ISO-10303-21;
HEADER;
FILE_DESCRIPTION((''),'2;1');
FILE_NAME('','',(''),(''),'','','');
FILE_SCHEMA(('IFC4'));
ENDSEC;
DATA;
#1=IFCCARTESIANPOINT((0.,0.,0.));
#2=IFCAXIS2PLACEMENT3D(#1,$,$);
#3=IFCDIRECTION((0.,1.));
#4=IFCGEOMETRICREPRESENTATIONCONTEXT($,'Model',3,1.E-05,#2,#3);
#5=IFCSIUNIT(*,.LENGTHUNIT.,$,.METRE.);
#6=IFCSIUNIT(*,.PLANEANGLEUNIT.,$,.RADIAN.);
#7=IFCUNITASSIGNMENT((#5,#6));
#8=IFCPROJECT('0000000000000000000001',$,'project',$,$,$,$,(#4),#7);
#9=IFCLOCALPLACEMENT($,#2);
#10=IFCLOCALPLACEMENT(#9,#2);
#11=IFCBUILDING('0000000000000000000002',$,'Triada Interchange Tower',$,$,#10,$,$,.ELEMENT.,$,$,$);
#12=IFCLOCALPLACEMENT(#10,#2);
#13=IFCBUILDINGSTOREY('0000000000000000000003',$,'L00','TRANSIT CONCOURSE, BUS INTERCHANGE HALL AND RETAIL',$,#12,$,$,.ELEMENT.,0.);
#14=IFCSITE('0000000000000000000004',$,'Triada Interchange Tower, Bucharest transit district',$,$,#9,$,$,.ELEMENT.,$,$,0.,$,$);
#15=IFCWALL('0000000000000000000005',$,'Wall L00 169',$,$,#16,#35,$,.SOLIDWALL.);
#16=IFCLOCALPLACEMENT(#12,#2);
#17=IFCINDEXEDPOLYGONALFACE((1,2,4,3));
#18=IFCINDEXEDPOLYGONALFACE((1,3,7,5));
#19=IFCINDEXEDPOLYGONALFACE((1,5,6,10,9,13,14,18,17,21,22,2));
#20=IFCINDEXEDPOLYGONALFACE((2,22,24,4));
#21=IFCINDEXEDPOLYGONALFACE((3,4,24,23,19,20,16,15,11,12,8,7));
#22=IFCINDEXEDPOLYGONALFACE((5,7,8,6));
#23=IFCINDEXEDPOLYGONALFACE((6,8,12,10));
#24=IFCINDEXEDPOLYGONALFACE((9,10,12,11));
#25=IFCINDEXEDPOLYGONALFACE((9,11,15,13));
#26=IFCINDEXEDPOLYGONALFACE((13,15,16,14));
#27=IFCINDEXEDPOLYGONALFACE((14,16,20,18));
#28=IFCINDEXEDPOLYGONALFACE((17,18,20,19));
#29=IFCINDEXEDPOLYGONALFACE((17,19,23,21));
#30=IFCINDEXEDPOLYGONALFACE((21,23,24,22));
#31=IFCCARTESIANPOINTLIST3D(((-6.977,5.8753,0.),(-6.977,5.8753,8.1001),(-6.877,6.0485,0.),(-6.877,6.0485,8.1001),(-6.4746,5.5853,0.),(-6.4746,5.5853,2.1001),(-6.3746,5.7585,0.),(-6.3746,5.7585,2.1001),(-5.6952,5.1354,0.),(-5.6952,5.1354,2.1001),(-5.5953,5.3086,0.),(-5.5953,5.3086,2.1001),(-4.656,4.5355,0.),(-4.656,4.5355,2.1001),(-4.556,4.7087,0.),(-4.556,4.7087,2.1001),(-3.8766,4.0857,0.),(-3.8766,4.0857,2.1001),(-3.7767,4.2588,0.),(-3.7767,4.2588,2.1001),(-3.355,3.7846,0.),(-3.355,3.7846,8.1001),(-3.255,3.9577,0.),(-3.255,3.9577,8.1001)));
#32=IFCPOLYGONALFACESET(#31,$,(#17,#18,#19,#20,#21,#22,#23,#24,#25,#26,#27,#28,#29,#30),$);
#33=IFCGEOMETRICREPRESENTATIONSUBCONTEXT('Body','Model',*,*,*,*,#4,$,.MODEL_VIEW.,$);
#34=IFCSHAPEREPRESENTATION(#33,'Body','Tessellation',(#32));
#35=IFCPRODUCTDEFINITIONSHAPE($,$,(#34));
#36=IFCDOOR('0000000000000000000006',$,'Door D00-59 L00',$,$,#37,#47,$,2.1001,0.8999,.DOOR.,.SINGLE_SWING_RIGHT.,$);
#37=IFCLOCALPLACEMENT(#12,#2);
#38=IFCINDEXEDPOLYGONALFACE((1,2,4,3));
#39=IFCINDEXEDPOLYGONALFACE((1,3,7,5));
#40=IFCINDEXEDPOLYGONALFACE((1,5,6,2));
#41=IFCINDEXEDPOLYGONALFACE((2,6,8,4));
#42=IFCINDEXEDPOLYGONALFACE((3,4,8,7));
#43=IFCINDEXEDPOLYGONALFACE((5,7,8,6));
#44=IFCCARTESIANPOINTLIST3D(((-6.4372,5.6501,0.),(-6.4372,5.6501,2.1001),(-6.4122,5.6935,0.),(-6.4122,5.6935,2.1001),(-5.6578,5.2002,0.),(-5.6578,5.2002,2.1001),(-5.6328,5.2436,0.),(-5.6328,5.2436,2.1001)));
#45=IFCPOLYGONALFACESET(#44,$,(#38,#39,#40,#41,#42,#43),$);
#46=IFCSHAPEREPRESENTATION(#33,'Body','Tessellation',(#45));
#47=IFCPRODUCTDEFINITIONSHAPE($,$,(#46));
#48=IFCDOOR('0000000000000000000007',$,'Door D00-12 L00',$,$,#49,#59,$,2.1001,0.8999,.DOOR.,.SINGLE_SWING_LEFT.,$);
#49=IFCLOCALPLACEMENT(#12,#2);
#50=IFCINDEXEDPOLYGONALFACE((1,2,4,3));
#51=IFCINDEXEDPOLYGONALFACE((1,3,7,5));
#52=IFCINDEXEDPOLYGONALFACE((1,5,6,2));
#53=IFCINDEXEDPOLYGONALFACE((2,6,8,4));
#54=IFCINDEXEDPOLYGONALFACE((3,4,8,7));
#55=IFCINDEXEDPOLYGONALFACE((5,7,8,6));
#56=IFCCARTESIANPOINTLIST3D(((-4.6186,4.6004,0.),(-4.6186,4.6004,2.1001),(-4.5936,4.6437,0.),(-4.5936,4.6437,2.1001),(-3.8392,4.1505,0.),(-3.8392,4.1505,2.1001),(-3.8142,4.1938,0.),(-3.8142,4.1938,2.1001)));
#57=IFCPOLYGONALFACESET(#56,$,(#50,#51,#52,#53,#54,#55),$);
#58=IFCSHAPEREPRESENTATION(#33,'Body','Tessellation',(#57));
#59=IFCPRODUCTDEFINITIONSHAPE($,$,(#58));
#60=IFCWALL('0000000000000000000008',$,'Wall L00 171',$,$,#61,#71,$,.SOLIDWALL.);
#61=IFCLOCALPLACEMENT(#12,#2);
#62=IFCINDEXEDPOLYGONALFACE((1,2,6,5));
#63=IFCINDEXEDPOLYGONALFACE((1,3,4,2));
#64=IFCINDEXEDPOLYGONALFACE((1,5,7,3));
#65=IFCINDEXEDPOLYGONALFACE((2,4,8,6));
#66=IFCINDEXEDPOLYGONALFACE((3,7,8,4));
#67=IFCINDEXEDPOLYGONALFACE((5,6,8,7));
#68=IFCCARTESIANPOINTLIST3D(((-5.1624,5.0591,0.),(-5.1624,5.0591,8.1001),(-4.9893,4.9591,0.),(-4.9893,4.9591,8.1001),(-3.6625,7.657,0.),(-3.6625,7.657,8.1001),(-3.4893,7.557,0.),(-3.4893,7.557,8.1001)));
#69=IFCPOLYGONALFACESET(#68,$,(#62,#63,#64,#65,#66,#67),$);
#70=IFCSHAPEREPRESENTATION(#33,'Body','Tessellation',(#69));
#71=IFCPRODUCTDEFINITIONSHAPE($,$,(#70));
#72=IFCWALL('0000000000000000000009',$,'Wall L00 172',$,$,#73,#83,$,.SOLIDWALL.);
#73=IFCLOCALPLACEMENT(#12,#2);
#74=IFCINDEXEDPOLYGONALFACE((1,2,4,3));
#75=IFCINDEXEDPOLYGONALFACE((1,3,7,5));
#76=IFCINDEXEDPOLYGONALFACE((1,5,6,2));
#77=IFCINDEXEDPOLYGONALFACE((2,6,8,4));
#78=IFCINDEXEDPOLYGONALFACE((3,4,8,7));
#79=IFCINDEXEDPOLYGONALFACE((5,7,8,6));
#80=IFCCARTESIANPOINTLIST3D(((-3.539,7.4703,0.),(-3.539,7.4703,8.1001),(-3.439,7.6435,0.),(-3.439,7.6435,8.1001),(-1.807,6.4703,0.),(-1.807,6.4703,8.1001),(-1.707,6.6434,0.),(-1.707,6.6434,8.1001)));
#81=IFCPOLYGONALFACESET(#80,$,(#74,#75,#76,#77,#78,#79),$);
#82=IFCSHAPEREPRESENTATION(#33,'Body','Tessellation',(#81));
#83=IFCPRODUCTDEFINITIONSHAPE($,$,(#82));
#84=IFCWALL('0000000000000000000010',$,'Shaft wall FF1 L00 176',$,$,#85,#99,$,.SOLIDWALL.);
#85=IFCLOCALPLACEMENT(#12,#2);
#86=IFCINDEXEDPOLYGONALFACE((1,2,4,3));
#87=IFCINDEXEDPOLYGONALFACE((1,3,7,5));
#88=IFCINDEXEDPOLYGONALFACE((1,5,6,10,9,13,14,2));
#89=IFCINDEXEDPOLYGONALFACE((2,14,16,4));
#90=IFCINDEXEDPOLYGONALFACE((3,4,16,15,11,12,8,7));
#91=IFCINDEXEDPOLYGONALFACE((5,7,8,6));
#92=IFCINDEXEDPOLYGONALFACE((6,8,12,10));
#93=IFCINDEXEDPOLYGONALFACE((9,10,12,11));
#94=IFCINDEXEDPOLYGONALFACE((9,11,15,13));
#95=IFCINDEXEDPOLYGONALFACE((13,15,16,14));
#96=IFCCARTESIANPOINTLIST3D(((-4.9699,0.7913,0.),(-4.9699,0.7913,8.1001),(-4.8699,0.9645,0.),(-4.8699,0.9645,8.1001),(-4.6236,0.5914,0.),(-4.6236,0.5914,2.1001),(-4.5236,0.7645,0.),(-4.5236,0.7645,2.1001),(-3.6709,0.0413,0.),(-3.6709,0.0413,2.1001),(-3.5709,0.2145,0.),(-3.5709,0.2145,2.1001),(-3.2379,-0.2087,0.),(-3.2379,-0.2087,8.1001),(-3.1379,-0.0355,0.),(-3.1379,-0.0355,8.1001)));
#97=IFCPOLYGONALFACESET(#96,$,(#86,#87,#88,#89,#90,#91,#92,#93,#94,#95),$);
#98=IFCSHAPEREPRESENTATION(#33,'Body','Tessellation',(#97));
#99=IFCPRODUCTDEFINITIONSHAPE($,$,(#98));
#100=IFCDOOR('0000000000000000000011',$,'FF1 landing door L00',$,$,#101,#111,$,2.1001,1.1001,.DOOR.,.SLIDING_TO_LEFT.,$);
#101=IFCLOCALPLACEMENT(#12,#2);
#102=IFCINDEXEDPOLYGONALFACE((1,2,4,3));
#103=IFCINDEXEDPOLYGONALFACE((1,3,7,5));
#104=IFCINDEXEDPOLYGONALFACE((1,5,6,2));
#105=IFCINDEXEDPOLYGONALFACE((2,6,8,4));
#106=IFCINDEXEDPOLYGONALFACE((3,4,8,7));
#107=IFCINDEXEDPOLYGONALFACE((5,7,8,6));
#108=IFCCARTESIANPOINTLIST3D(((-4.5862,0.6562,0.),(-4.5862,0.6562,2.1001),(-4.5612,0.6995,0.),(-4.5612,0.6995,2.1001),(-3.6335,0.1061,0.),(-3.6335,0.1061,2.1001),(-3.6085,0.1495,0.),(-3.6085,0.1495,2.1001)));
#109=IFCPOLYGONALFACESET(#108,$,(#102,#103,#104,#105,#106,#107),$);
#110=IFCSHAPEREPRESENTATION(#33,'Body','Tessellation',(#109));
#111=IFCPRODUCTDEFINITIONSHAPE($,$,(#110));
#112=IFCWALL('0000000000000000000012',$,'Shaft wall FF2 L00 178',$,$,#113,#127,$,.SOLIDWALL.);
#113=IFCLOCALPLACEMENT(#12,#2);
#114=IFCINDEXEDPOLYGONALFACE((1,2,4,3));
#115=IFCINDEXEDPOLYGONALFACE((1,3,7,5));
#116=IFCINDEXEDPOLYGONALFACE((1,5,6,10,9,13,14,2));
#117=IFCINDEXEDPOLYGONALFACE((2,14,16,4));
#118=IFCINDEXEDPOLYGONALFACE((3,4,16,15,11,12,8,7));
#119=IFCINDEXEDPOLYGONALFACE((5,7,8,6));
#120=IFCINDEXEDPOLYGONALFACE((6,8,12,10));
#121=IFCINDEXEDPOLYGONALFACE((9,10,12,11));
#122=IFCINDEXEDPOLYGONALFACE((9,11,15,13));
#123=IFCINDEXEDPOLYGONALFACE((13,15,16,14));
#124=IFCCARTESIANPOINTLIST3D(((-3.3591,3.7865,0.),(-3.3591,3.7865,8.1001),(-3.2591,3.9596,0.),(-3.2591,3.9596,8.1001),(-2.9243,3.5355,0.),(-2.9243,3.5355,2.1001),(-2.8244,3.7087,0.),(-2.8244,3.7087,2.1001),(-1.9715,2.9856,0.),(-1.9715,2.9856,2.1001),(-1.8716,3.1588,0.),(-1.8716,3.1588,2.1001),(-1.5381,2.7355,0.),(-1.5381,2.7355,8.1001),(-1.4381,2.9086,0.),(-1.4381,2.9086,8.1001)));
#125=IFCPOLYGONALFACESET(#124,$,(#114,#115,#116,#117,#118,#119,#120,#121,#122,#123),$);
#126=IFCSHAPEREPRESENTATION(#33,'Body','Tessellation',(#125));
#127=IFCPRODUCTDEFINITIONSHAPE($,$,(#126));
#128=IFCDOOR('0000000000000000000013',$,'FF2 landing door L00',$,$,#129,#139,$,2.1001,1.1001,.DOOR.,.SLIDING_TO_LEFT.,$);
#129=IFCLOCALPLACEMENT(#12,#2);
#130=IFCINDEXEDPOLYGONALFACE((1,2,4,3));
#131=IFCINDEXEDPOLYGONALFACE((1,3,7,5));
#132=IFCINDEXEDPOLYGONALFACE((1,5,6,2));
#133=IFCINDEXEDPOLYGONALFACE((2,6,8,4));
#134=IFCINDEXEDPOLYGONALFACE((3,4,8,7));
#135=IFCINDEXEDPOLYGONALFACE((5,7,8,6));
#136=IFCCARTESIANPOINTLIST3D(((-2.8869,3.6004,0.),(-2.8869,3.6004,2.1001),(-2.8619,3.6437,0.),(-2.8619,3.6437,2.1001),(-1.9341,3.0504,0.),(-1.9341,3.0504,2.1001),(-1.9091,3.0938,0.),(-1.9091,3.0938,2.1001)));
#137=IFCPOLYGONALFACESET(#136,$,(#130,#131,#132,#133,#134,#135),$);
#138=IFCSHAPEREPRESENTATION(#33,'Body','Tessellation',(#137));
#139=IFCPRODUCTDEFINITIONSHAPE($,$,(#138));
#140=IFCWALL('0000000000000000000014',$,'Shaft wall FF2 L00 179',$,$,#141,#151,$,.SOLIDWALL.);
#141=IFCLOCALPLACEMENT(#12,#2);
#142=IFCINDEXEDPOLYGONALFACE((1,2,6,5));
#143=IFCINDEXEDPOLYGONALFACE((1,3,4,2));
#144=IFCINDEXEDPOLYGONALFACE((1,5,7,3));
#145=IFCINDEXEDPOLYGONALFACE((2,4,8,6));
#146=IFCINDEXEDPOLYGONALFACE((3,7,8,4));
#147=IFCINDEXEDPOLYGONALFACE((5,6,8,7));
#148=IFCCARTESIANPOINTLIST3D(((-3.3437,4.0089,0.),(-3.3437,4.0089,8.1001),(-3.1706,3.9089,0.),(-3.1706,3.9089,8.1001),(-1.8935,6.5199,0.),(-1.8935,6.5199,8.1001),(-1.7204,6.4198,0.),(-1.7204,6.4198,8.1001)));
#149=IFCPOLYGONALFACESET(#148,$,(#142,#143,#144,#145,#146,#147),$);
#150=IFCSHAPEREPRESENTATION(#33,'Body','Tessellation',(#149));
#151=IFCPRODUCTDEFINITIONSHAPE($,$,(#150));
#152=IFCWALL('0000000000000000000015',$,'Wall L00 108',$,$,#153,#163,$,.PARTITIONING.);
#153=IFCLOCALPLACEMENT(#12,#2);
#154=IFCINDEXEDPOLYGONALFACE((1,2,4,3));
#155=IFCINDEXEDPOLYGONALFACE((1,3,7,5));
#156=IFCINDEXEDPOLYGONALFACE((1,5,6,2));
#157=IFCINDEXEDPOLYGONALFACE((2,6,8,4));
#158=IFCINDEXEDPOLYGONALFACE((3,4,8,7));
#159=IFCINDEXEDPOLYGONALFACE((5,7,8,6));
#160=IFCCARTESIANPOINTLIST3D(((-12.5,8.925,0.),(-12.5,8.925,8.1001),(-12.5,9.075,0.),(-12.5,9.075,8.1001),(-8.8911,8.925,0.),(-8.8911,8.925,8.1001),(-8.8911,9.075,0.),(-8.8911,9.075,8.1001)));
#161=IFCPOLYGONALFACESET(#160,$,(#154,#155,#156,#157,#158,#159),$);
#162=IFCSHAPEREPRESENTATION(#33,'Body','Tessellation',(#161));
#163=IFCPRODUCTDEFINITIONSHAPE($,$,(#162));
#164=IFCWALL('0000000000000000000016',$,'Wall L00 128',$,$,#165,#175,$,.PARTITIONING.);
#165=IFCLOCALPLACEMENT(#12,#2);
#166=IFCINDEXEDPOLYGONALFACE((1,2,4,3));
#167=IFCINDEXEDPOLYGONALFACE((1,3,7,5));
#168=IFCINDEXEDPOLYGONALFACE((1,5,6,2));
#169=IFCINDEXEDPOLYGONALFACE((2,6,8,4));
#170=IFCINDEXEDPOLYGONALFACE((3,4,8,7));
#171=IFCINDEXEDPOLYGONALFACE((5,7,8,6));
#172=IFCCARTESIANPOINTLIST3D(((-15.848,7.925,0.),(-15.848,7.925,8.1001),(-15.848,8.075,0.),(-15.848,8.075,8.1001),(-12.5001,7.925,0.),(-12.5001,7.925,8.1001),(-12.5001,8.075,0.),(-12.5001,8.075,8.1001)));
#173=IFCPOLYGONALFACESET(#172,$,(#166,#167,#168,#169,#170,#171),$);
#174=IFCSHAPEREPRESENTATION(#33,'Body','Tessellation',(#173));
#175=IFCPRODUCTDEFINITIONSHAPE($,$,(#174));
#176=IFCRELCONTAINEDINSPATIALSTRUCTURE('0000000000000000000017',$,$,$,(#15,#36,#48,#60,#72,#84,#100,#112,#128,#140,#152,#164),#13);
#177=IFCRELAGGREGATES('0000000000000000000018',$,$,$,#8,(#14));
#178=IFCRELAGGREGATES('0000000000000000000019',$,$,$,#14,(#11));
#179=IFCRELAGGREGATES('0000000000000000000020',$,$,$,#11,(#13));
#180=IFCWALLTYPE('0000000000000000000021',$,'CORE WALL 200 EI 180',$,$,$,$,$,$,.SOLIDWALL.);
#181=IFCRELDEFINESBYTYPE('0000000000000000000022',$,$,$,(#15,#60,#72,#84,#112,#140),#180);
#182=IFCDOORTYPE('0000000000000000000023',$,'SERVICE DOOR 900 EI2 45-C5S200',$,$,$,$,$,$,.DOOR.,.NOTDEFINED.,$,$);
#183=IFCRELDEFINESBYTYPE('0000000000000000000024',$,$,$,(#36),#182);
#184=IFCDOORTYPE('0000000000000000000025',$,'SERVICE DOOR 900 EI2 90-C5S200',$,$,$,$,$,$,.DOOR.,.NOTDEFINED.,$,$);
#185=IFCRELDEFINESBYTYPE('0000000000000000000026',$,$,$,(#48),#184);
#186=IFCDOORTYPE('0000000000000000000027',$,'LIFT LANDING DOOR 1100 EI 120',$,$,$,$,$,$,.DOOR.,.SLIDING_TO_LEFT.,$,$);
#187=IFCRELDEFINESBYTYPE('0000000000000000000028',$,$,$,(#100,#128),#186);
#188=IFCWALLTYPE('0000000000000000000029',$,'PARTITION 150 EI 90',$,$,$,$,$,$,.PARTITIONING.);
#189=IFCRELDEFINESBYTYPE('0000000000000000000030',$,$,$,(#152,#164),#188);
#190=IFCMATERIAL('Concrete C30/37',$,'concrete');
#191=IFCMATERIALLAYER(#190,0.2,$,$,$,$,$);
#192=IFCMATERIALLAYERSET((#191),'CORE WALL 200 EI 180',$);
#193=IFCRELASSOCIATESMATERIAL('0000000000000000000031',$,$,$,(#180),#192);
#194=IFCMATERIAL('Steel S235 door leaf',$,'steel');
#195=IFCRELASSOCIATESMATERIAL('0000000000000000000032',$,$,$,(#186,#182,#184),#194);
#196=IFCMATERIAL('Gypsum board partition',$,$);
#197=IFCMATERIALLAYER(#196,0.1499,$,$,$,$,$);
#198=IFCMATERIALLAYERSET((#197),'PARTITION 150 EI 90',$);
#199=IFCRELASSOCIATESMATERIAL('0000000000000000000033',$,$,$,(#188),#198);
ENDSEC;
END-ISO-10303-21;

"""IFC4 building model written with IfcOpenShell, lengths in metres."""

from ifc_helpers import new_model, si_unit, direction, frame, frame_2d, origin, place, context, subcontext, project, spatial, rectangle, extrude, material, layer, layer_set, type_object, element, fill, save


model = new_model("IFC4")

# Units and contexts
model_context = context("Model", 3, precision=1e-05, world=origin(), true_north=direction((0.0, 1.0)))
body_context = subcontext(model_context, "Body", "Model", "MODEL_VIEW")
ifc_project = project(units=[si_unit("LENGTHUNIT", "METRE"), si_unit("PLANEANGLEUNIT", "RADIAN")], contexts=[model_context])

# Site, building, storey
site_placement = place(None, origin())
site = spatial("IfcSite", under=ifc_project, at=site_placement, Name="Triada Interchange Tower, Bucharest transit district", CompositionType="ELEMENT", RefElevation=0.0)
building_placement = place(site_placement, origin())
building = spatial("IfcBuilding", under=site, at=building_placement, Name="Triada Interchange Tower", CompositionType="ELEMENT")
storey_placement = place(building_placement, origin())
storey = spatial("IfcBuildingStorey", under=building, at=storey_placement, Name="L00", Description="TRANSIT CONCOURSE, BUS INTERCHANGE HALL AND RETAIL", CompositionType="ELEMENT", Elevation=0.0)

# Wall, openings, doors
ifc_material_1 = material(Name="Concrete C30/37", Category="concrete")
ifc_layer_1 = layer(ifc_material_1, 0.2)
ifc_layer_set_1 = layer_set([ifc_layer_1], Name="CORE WALL 200 EI 180")
wall_type_1 = type_object("IfcWallType", Name="CORE WALL 200 EI 180", PredefinedType="SOLIDWALL", material=ifc_layer_set_1)
ifc_material_2 = material(Name="Steel S235 door leaf", Category="steel")
door_type_1 = type_object("IfcDoorType", Name="LIFT LANDING DOOR 1100 EI 120", OperationType="SLIDING_TO_LEFT", PredefinedType="DOOR", material=ifc_material_2)
door_type_2 = type_object("IfcDoorType", Name="SERVICE DOOR 900 EI2 45-C5S200", OperationType="NOTDEFINED", PredefinedType="DOOR", material=ifc_material_2)
wall_1_placement = place(storey_placement, frame((-6.927, 5.9619, 0.0), z_axis=(0.0, 0.0, 1.0), x_axis=(0.866065, -0.499931, 0.0)))
wall_1 = element("IfcWall", 1, at=wall_1_placement, inside=storey, type_object=wall_type_1, Name="Wall L00 169", PredefinedType="SOLIDWALL", context=body_context, shape_type="SweptSolid", body=[
    extrude(rectangle(XDim=4.1821, YDim=0.2, at=frame_2d((2.0911, 0.0))), origin(), (0.0, 0.0, 1.0), 8.1001),
])
opening_1_placement = place(wall_1_placement, frame((2.6799, 0.0, 0.0)))
opening_1 = element("IfcOpeningElement", 2, at=opening_1_placement, cuts=wall_1, PredefinedType="OPENING", context=body_context, shape_type="SweptSolid", body=[
    extrude(rectangle(XDim=0.8999, YDim=2.1001, at=frame_2d((0.45, 1.05))), frame((0.0, 0.1099, 0.0), z_axis=(0.0, -1.0, 0.0), x_axis=(1.0, 0.0, 0.0)), (0.0, 0.0, 1.0), 0.22),
])
opening_2_placement = place(wall_1_placement, frame((0.5801, 0.0, 0.0)))
opening_2 = element("IfcOpeningElement", 3, at=opening_2_placement, cuts=wall_1, PredefinedType="OPENING", context=body_context, shape_type="SweptSolid", body=[
    extrude(rectangle(XDim=0.8999, YDim=2.1001, at=frame_2d((0.45, 1.05))), frame((0.0, 0.1099, 0.0), z_axis=(0.0, -1.0, 0.0), x_axis=(1.0, 0.0, 0.0)), (0.0, 0.0, 1.0), 0.22),
])
door_1_placement = place(opening_2_placement, origin())
door_1 = element("IfcDoor", 4, at=door_1_placement, inside=storey, type_object=door_type_2, Name="Door D00-59 L00", OperationType="SINGLE_SWING_RIGHT", OverallHeight=2.1001, OverallWidth=0.8999, PredefinedType="DOOR", context=body_context, shape_type="SweptSolid", body=[
    extrude(rectangle(XDim=0.8999, YDim=2.1001, at=frame_2d((0.45, 1.05))), frame((0.0, 0.0249, 0.0), z_axis=(0.0, -1.0, 0.0), x_axis=(1.0, 0.0, 0.0)), (0.0, 0.0, 1.0), 0.05),
])
fill(opening_2, door_1)
door_type_3 = type_object("IfcDoorType", Name="SERVICE DOOR 900 EI2 90-C5S200", OperationType="NOTDEFINED", PredefinedType="DOOR", material=ifc_material_2)
door_2_placement = place(opening_1_placement, origin())
door_2 = element("IfcDoor", 5, at=door_2_placement, inside=storey, type_object=door_type_3, Name="Door D00-12 L00", OperationType="SINGLE_SWING_LEFT", OverallHeight=2.1001, OverallWidth=0.8999, PredefinedType="DOOR", context=body_context, shape_type="SweptSolid", body=[
    extrude(rectangle(XDim=0.8999, YDim=2.1001, at=frame_2d((0.45, 1.05))), frame((0.0, 0.0249, 0.0), z_axis=(0.0, -1.0, 0.0), x_axis=(1.0, 0.0, 0.0)), (0.0, 0.0, 1.0), 0.05),
])
fill(opening_1, door_2)

# Walls
wall_2_placement = place(storey_placement, frame((-5.0759, 5.009, 0.0), z_axis=(0.0, 0.0, 1.0), x_axis=(0.500025, 0.866011, 0.0)))
element("IfcWall", 6, at=wall_2_placement, inside=storey, type_object=wall_type_1, Name="Wall L00 171", PredefinedType="SOLIDWALL", context=body_context, shape_type="SweptSolid", body=[
    extrude(rectangle(XDim=2.9998, YDim=0.2, at=frame_2d((1.5, 0.0))), origin(), (0.0, 0.0, 1.0), 8.1001),
])
wall_3_placement = place(storey_placement, frame((-3.489, 7.5569, 0.0), z_axis=(0.0, 0.0, 1.0), x_axis=(0.866011, -0.500025, 0.0)))
element("IfcWall", 7, at=wall_3_placement, inside=storey, type_object=wall_type_1, Name="Wall L00 172", PredefinedType="SOLIDWALL", context=body_context, shape_type="SweptSolid", body=[
    extrude(rectangle(XDim=2.0, YDim=0.2, at=frame_2d((1.0, 0.0))), origin(), (0.0, 0.0, 1.0), 8.1001),
])

# Walls, openings, doors
wall_4_placement = place(storey_placement, frame((-4.9199, 0.8779, 0.0), z_axis=(0.0, 0.0, 1.0), x_axis=(0.866011, -0.500025, 0.0)))
wall_4 = element("IfcWall", 8, at=wall_4_placement, inside=storey, type_object=wall_type_1, Name="Shaft wall FF1 L00 176", PredefinedType="SOLIDWALL", context=body_context, shape_type="SweptSolid", body=[
    extrude(rectangle(XDim=2.0, YDim=0.2, at=frame_2d((1.0, 0.0))), origin(), (0.0, 0.0, 1.0), 8.1001),
])
opening_3_placement = place(wall_4_placement, frame((0.3999, 0.0, 0.0)))
opening_3 = element("IfcOpeningElement", 9, at=opening_3_placement, cuts=wall_4, PredefinedType="OPENING", context=body_context, shape_type="SweptSolid", body=[
    extrude(rectangle(XDim=1.1001, YDim=2.1001, at=frame_2d((0.55, 1.05))), frame((0.0, 0.1099, 0.0), z_axis=(0.0, -1.0, 0.0), x_axis=(1.0, 0.0, 0.0)), (0.0, 0.0, 1.0), 0.22),
])
door_3_placement = place(opening_3_placement, origin())
door_3 = element("IfcDoor", 10, at=door_3_placement, inside=storey, type_object=door_type_1, Name="FF1 landing door L00", OperationType="SLIDING_TO_LEFT", OverallHeight=2.1001, OverallWidth=1.1001, PredefinedType="DOOR", context=body_context, shape_type="SweptSolid", body=[
    extrude(rectangle(XDim=1.1001, YDim=2.1001, at=frame_2d((0.55, 1.05))), frame((0.0, 0.0249, 0.0), z_axis=(0.0, -1.0, 0.0), x_axis=(1.0, 0.0, 0.0)), (0.0, 0.0, 1.0), 0.05),
])
fill(opening_3, door_3)
wall_5_placement = place(storey_placement, frame((-3.3091, 3.873, 0.0), z_axis=(0.0, 0.0, 1.0), x_axis=(0.866099, -0.499873, 0.0)))
wall_5 = element("IfcWall", 11, at=wall_5_placement, inside=storey, type_object=wall_type_1, Name="Shaft wall FF2 L00 178", PredefinedType="SOLIDWALL", context=body_context, shape_type="SweptSolid", body=[
    extrude(rectangle(XDim=2.1025, YDim=0.2, at=frame_2d((1.0513, 0.0))), origin(), (0.0, 0.0, 1.0), 8.1001),
])
opening_4_placement = place(wall_5_placement, frame((0.502, 0.0, 0.0)))
opening_4 = element("IfcOpeningElement", 12, at=opening_4_placement, cuts=wall_5, PredefinedType="OPENING", context=body_context, shape_type="SweptSolid", body=[
    extrude(rectangle(XDim=1.1001, YDim=2.1001, at=frame_2d((0.55, 1.05))), frame((0.0, 0.1099, 0.0), z_axis=(0.0, -1.0, 0.0), x_axis=(1.0, 0.0, 0.0)), (0.0, 0.0, 1.0), 0.22),
])
door_4_placement = place(opening_4_placement, origin())
door_4 = element("IfcDoor", 13, at=door_4_placement, inside=storey, type_object=door_type_1, Name="FF2 landing door L00", OperationType="SLIDING_TO_LEFT", OverallHeight=2.1001, OverallWidth=1.1001, PredefinedType="DOOR", context=body_context, shape_type="SweptSolid", body=[
    extrude(rectangle(XDim=1.1001, YDim=2.1001, at=frame_2d((0.55, 1.05))), frame((0.0, 0.0249, 0.0), z_axis=(0.0, -1.0, 0.0), x_axis=(1.0, 0.0, 0.0)), (0.0, 0.0, 1.0), 0.05),
])
fill(opening_4, door_4)

# Walls
wall_6_placement = place(storey_placement, frame((-3.2571, 3.959, 0.0), z_axis=(0.0, 0.0, 1.0), x_axis=(0.500123, 0.865954, 0.0)))
element("IfcWall", 14, at=wall_6_placement, inside=storey, type_object=wall_type_1, Name="Shaft wall FF2 L00 179", PredefinedType="SOLIDWALL", context=body_context, shape_type="SweptSolid", body=[
    extrude(rectangle(XDim=2.8997, YDim=0.2, at=frame_2d((1.4497, 0.0))), origin(), (0.0, 0.0, 1.0), 8.1001),
])
ifc_material_3 = material(Name="Gypsum board partition")
ifc_layer_2 = layer(ifc_material_3, 0.1499)
ifc_layer_set_2 = layer_set([ifc_layer_2], Name="PARTITION 150 EI 90")
wall_type_2 = type_object("IfcWallType", Name="PARTITION 150 EI 90", PredefinedType="PARTITIONING", material=ifc_layer_set_2)
wall_7_placement = place(storey_placement, frame((-12.5, 9.0, 0.0), z_axis=(0.0, 0.0, 1.0), x_axis=(1.0, 0.0, 0.0)))
element("IfcWall", 15, at=wall_7_placement, inside=storey, type_object=wall_type_2, Name="Wall L00 108", PredefinedType="PARTITIONING", context=body_context, shape_type="SweptSolid", body=[
    extrude(rectangle(XDim=3.6089, YDim=0.1499, at=frame_2d((1.8044, 0.0))), origin(), (0.0, 0.0, 1.0), 8.1001),
])
wall_8_placement = place(storey_placement, frame((-15.8479, 8.0, 0.0), z_axis=(0.0, 0.0, 1.0), x_axis=(1.0, 0.0, 0.0)))
element("IfcWall", 16, at=wall_8_placement, inside=storey, type_object=wall_type_2, Name="Wall L00 128", PredefinedType="PARTITIONING", context=body_context, shape_type="SweptSolid", body=[
    extrude(rectangle(XDim=3.3479, YDim=0.1499, at=frame_2d((1.6738, 0.0))), origin(), (0.0, 0.0, 1.0), 8.1001),
])

save(model, "model.ifc")
